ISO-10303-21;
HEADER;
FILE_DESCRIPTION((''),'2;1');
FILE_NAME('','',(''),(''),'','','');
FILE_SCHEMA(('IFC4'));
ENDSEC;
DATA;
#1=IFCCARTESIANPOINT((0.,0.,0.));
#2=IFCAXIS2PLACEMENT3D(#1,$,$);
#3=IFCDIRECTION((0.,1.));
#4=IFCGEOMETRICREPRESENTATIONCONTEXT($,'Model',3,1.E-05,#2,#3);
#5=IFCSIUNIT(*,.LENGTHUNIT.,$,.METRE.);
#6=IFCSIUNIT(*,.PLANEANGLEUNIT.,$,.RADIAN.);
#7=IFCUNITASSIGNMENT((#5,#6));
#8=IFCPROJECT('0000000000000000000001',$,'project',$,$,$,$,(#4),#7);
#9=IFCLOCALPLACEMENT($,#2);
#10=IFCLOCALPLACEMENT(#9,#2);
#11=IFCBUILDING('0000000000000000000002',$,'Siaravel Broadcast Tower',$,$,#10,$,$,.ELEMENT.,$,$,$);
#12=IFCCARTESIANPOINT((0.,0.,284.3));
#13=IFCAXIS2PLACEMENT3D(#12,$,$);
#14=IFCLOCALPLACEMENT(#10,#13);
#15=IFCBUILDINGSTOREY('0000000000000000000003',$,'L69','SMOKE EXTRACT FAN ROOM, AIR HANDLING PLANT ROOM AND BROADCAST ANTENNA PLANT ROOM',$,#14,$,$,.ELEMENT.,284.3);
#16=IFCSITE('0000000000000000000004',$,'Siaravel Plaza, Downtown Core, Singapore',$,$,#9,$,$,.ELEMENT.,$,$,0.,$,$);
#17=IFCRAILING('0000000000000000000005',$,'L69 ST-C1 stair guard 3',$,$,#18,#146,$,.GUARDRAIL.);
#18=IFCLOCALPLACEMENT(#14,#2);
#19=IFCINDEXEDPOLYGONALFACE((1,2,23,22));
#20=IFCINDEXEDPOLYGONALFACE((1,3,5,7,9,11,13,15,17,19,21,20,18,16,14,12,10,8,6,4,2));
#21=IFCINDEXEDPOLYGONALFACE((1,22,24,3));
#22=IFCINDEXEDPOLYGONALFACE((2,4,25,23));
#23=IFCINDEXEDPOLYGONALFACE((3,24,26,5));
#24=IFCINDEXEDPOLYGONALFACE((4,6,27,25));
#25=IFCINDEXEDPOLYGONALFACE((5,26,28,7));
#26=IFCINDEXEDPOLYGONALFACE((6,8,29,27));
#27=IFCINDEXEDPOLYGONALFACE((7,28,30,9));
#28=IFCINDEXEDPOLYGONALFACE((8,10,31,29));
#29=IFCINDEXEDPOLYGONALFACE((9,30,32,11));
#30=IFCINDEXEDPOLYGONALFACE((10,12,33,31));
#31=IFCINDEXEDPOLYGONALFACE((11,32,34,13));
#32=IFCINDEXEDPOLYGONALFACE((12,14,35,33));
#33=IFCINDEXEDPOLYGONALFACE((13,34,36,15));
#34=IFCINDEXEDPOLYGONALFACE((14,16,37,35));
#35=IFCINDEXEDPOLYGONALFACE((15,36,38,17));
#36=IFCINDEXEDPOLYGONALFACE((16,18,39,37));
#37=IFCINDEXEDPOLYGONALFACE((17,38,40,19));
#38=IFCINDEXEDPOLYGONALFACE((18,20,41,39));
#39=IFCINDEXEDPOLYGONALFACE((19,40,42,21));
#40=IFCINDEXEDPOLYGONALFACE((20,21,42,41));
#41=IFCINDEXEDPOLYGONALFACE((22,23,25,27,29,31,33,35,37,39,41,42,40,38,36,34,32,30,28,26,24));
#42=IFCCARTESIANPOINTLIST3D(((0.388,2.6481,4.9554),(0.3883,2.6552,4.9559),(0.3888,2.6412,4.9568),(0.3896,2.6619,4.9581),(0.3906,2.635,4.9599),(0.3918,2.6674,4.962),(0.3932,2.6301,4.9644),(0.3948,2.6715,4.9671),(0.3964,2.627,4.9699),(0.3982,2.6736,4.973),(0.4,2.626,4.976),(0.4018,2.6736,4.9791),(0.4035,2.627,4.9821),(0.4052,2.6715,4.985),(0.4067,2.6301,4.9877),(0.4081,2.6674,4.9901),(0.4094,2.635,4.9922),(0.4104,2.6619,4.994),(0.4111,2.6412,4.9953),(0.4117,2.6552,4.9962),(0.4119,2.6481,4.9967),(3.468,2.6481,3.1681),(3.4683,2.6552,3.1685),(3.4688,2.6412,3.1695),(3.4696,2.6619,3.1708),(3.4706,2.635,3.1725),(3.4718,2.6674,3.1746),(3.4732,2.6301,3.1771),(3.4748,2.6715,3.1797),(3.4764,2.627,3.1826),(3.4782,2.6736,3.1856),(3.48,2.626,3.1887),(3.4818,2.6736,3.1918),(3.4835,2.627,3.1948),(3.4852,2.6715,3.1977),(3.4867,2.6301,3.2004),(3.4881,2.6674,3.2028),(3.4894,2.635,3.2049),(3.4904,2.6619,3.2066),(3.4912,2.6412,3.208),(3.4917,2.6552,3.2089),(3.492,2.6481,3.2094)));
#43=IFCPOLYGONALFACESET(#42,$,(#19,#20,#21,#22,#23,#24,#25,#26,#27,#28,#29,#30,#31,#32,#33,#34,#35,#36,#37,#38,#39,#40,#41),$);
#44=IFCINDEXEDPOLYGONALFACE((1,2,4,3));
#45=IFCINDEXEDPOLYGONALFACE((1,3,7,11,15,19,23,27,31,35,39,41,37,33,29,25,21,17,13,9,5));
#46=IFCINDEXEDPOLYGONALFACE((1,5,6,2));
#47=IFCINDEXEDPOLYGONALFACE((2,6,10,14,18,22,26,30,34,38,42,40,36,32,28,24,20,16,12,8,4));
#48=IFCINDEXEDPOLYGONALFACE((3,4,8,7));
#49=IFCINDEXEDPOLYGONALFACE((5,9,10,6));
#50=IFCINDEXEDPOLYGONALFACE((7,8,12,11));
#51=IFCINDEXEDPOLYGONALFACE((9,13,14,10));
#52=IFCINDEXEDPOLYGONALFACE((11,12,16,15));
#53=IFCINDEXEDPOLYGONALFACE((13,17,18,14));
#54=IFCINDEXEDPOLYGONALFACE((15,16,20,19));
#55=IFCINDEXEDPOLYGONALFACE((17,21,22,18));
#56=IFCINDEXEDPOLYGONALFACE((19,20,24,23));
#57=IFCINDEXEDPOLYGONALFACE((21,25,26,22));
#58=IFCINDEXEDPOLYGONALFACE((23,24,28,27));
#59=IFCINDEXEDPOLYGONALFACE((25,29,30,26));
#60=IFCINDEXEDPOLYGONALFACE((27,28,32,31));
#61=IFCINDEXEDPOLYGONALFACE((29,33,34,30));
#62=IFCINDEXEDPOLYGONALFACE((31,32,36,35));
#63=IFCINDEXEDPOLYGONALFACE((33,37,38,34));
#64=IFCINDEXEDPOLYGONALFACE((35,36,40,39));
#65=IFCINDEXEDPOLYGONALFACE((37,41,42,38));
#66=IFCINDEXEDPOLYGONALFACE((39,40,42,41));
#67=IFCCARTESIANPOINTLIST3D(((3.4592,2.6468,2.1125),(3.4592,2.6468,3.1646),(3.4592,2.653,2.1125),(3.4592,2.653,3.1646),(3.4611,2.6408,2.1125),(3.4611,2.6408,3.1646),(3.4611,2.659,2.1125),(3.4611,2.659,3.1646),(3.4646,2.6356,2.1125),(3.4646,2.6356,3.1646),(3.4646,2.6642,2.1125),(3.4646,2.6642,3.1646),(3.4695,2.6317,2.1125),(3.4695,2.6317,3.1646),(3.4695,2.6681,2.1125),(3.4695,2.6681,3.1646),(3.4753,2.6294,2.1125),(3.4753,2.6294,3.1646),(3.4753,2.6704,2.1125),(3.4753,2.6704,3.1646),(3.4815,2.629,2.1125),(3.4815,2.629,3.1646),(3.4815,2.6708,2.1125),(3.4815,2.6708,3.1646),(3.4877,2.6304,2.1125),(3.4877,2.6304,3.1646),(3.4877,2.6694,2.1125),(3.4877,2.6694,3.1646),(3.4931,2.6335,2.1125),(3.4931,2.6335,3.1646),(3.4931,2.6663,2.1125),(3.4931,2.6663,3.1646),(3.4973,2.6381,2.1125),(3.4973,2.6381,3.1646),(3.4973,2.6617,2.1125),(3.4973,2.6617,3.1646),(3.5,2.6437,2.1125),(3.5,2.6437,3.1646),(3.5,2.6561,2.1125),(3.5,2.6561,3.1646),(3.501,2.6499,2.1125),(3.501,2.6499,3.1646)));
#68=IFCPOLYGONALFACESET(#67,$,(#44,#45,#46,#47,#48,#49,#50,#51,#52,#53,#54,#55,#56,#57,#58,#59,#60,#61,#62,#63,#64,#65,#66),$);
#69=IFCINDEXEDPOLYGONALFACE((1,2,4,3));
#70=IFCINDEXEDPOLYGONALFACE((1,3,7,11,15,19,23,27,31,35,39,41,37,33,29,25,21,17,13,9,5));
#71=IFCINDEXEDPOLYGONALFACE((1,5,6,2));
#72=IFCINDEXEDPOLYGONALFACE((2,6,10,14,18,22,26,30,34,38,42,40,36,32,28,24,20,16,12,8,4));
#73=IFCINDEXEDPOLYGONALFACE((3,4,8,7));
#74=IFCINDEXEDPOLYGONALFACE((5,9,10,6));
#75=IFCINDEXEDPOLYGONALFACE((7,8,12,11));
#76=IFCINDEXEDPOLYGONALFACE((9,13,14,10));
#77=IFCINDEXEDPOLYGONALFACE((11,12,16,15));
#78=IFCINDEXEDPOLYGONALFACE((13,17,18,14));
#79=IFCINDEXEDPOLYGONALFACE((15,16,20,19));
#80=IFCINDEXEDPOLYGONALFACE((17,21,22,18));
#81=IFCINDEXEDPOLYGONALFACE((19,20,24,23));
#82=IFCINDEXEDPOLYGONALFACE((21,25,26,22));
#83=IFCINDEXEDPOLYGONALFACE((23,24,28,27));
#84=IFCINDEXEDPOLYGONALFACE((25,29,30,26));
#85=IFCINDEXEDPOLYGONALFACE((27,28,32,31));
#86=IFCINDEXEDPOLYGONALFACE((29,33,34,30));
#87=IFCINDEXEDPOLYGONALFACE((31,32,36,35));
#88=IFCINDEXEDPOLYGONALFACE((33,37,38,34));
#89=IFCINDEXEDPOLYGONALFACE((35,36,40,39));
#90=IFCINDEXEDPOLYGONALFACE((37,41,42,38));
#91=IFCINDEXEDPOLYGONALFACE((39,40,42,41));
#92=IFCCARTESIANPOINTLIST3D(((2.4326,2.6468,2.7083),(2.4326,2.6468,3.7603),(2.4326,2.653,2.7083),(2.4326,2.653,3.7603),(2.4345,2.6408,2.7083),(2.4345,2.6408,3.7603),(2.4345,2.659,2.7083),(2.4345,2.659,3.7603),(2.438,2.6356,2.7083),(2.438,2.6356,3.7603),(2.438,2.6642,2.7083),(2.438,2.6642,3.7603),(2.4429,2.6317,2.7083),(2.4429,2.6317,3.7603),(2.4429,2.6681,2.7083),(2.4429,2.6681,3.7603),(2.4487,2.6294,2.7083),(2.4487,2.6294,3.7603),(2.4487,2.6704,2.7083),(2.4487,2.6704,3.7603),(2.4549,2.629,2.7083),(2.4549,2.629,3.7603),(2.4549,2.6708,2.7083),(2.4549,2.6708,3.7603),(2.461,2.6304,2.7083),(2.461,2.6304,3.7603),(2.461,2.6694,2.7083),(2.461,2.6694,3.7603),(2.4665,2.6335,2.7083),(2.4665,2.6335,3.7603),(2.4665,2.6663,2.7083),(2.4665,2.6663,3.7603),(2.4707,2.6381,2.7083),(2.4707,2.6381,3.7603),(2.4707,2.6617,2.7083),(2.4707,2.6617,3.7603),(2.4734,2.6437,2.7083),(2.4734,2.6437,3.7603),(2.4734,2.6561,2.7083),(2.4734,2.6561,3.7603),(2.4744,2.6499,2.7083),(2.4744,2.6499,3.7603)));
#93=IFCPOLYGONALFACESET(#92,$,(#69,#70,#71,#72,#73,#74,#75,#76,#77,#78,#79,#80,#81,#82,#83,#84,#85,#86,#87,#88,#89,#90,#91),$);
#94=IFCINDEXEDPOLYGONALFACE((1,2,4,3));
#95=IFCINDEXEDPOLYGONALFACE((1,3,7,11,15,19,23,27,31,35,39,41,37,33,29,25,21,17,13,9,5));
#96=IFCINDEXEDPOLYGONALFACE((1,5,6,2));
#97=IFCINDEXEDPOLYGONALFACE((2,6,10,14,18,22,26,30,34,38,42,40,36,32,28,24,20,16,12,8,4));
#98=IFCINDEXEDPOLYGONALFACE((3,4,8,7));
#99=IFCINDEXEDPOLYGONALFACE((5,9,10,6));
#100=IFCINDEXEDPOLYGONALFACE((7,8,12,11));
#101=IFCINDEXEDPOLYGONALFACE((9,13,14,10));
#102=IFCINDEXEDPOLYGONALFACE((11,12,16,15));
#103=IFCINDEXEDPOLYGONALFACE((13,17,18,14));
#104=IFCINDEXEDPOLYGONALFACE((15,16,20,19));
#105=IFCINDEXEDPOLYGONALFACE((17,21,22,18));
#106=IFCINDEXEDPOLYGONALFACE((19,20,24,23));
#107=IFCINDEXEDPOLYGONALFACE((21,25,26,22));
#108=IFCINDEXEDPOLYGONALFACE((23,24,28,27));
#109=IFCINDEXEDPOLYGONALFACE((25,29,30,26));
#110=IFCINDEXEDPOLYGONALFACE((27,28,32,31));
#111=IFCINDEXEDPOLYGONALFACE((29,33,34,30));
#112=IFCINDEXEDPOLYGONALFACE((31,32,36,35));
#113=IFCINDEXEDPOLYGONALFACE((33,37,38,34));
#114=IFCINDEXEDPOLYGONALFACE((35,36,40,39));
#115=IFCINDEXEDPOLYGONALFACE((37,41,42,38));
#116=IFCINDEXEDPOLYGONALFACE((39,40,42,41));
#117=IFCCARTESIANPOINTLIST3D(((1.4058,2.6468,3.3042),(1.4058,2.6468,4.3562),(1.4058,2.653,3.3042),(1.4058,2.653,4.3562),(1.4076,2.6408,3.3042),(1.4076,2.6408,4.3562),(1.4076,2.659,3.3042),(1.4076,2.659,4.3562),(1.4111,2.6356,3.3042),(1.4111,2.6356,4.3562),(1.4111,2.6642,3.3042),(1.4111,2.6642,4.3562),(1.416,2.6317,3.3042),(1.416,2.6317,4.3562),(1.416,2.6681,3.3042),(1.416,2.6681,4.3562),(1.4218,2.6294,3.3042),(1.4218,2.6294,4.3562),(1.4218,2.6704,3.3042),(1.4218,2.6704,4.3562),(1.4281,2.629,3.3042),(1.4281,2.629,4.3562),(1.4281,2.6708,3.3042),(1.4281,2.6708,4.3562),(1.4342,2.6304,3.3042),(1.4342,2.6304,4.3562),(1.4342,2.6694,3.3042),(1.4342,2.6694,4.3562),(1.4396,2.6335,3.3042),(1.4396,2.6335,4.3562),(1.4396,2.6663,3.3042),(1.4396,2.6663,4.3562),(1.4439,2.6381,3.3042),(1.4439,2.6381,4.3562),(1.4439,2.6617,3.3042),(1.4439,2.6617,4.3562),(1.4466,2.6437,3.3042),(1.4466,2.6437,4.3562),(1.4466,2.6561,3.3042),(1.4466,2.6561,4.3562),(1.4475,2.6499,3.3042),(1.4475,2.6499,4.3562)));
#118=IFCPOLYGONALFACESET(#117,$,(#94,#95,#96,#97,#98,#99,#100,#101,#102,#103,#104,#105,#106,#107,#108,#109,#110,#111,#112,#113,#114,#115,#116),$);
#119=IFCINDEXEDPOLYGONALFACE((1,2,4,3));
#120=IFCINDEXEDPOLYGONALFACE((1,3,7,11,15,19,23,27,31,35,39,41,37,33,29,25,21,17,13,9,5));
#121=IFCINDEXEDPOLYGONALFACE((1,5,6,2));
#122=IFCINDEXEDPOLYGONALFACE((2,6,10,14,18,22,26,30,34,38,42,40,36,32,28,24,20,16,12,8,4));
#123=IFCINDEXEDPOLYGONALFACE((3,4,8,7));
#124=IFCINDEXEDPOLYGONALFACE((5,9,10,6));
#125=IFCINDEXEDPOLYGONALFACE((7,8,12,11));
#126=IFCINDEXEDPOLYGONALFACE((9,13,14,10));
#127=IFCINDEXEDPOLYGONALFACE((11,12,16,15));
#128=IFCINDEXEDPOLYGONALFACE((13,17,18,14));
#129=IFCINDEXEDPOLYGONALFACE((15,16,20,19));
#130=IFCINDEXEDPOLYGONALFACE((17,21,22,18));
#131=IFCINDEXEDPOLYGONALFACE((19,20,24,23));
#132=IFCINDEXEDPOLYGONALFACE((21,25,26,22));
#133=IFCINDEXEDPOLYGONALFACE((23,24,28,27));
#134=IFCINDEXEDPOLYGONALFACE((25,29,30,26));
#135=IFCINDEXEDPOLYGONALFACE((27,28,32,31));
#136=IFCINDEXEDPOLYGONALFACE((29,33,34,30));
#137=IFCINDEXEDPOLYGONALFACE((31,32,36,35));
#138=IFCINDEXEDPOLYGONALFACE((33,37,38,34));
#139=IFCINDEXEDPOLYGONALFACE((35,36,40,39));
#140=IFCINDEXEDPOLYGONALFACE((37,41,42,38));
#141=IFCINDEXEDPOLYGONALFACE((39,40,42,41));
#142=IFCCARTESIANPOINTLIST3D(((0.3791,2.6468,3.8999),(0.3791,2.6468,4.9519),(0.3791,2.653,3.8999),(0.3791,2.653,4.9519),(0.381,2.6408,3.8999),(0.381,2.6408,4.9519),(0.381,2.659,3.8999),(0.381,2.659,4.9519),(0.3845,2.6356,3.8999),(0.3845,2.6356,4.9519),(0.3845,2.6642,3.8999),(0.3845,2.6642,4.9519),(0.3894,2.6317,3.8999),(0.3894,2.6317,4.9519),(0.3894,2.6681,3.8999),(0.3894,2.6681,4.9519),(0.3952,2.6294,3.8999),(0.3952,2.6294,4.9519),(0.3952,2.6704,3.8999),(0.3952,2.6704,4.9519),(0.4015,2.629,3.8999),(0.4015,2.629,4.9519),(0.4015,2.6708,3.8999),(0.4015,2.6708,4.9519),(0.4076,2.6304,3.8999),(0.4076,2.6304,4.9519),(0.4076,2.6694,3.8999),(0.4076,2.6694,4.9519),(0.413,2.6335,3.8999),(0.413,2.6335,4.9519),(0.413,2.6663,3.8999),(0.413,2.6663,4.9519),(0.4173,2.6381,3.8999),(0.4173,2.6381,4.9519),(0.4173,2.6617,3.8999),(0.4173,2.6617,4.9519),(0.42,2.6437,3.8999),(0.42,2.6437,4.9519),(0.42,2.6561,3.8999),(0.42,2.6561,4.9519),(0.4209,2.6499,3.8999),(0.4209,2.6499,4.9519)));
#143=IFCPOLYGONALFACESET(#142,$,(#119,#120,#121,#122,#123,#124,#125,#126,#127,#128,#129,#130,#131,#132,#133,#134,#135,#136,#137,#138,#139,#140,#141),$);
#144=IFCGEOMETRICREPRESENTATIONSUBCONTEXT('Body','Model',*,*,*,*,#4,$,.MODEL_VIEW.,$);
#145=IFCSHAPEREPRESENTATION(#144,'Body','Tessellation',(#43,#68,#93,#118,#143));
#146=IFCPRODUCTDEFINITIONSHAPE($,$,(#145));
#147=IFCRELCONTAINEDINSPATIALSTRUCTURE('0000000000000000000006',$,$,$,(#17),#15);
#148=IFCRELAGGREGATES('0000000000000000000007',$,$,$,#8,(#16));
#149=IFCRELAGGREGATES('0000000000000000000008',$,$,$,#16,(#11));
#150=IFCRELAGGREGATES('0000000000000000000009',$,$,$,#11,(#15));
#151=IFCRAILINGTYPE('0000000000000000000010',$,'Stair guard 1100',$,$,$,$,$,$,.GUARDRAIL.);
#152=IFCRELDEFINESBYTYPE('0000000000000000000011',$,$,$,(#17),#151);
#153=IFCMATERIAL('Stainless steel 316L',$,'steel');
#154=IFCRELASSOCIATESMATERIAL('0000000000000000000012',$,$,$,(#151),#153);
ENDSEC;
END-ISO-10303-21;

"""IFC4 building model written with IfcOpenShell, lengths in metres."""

from ifc_helpers import new_model, si_unit, direction, frame, origin, origin_2d, place, context, subcontext, project, spatial, circle, extrude, material, type_object, element, save


model = new_model("IFC4")

# Units and contexts
model_context = context("Model", 3, precision=1e-05, world=origin(), true_north=direction((0.0, 1.0)))
body_context = subcontext(model_context, "Body", "Model", "MODEL_VIEW")
ifc_project = project(units=[si_unit("LENGTHUNIT", "METRE"), si_unit("PLANEANGLEUNIT", "RADIAN")], contexts=[model_context])

# Site, building, storey
site_placement = place(None, origin())
site = spatial("IfcSite", under=ifc_project, at=site_placement, Name="Siaravel Plaza, Downtown Core, Singapore", CompositionType="ELEMENT", RefElevation=0.0)
building_placement = place(site_placement, origin())
building = spatial("IfcBuilding", under=site, at=building_placement, Name="Siaravel Broadcast Tower", CompositionType="ELEMENT")
storey_placement = place(building_placement, frame((0.0, 0.0, 284.3)))
storey = spatial("IfcBuildingStorey", under=building, at=storey_placement, Name="L69", Description="SMOKE EXTRACT FAN ROOM, AIR HANDLING PLANT ROOM AND BROADCAST ANTENNA PLANT ROOM", CompositionType="ELEMENT", Elevation=284.3)

# Railing
ifc_material_1 = material(Name="Stainless steel 316L", Category="steel")
railing_type_1 = type_object("IfcRailingType", Name="Stair guard 1100", PredefinedType="GUARDRAIL", material=ifc_material_1)
railing_1_placement = place(storey_placement, frame((3.48, 2.6499, 2.1125)))
element("IfcRailing", 1, at=railing_1_placement, inside=storey, type_object=railing_type_1, Name="L69 ST-C1 stair guard 3", PredefinedType="GUARDRAIL", context=body_context, shape_type="SweptSolid", body=[
    extrude(circle(Radius=0.0239, at=origin_2d()), frame((0.0, 0.0, 1.0762), z_axis=(-0.86492, 0.0, 0.501909), x_axis=(0.0, -1.0, 0.0)), (0.0, 0.0, 1.0), 3.561),
    extrude(circle(Radius=0.021, at=origin_2d()), origin(), (0.0, 0.0, 1.0), 1.052),
    extrude(circle(Radius=0.021, at=origin_2d()), frame((-1.0266, 0.0, 0.5957)), (0.0, 0.0, 1.0), 1.052),
    extrude(circle(Radius=0.021, at=origin_2d()), frame((-2.0535, 0.0, 1.1917)), (0.0, 0.0, 1.0), 1.052),
    extrude(circle(Radius=0.021, at=origin_2d()), frame((-3.0801, 0.0, 1.7874)), (0.0, 0.0, 1.0), 1.052),
])

save(model, "model.ifc")
